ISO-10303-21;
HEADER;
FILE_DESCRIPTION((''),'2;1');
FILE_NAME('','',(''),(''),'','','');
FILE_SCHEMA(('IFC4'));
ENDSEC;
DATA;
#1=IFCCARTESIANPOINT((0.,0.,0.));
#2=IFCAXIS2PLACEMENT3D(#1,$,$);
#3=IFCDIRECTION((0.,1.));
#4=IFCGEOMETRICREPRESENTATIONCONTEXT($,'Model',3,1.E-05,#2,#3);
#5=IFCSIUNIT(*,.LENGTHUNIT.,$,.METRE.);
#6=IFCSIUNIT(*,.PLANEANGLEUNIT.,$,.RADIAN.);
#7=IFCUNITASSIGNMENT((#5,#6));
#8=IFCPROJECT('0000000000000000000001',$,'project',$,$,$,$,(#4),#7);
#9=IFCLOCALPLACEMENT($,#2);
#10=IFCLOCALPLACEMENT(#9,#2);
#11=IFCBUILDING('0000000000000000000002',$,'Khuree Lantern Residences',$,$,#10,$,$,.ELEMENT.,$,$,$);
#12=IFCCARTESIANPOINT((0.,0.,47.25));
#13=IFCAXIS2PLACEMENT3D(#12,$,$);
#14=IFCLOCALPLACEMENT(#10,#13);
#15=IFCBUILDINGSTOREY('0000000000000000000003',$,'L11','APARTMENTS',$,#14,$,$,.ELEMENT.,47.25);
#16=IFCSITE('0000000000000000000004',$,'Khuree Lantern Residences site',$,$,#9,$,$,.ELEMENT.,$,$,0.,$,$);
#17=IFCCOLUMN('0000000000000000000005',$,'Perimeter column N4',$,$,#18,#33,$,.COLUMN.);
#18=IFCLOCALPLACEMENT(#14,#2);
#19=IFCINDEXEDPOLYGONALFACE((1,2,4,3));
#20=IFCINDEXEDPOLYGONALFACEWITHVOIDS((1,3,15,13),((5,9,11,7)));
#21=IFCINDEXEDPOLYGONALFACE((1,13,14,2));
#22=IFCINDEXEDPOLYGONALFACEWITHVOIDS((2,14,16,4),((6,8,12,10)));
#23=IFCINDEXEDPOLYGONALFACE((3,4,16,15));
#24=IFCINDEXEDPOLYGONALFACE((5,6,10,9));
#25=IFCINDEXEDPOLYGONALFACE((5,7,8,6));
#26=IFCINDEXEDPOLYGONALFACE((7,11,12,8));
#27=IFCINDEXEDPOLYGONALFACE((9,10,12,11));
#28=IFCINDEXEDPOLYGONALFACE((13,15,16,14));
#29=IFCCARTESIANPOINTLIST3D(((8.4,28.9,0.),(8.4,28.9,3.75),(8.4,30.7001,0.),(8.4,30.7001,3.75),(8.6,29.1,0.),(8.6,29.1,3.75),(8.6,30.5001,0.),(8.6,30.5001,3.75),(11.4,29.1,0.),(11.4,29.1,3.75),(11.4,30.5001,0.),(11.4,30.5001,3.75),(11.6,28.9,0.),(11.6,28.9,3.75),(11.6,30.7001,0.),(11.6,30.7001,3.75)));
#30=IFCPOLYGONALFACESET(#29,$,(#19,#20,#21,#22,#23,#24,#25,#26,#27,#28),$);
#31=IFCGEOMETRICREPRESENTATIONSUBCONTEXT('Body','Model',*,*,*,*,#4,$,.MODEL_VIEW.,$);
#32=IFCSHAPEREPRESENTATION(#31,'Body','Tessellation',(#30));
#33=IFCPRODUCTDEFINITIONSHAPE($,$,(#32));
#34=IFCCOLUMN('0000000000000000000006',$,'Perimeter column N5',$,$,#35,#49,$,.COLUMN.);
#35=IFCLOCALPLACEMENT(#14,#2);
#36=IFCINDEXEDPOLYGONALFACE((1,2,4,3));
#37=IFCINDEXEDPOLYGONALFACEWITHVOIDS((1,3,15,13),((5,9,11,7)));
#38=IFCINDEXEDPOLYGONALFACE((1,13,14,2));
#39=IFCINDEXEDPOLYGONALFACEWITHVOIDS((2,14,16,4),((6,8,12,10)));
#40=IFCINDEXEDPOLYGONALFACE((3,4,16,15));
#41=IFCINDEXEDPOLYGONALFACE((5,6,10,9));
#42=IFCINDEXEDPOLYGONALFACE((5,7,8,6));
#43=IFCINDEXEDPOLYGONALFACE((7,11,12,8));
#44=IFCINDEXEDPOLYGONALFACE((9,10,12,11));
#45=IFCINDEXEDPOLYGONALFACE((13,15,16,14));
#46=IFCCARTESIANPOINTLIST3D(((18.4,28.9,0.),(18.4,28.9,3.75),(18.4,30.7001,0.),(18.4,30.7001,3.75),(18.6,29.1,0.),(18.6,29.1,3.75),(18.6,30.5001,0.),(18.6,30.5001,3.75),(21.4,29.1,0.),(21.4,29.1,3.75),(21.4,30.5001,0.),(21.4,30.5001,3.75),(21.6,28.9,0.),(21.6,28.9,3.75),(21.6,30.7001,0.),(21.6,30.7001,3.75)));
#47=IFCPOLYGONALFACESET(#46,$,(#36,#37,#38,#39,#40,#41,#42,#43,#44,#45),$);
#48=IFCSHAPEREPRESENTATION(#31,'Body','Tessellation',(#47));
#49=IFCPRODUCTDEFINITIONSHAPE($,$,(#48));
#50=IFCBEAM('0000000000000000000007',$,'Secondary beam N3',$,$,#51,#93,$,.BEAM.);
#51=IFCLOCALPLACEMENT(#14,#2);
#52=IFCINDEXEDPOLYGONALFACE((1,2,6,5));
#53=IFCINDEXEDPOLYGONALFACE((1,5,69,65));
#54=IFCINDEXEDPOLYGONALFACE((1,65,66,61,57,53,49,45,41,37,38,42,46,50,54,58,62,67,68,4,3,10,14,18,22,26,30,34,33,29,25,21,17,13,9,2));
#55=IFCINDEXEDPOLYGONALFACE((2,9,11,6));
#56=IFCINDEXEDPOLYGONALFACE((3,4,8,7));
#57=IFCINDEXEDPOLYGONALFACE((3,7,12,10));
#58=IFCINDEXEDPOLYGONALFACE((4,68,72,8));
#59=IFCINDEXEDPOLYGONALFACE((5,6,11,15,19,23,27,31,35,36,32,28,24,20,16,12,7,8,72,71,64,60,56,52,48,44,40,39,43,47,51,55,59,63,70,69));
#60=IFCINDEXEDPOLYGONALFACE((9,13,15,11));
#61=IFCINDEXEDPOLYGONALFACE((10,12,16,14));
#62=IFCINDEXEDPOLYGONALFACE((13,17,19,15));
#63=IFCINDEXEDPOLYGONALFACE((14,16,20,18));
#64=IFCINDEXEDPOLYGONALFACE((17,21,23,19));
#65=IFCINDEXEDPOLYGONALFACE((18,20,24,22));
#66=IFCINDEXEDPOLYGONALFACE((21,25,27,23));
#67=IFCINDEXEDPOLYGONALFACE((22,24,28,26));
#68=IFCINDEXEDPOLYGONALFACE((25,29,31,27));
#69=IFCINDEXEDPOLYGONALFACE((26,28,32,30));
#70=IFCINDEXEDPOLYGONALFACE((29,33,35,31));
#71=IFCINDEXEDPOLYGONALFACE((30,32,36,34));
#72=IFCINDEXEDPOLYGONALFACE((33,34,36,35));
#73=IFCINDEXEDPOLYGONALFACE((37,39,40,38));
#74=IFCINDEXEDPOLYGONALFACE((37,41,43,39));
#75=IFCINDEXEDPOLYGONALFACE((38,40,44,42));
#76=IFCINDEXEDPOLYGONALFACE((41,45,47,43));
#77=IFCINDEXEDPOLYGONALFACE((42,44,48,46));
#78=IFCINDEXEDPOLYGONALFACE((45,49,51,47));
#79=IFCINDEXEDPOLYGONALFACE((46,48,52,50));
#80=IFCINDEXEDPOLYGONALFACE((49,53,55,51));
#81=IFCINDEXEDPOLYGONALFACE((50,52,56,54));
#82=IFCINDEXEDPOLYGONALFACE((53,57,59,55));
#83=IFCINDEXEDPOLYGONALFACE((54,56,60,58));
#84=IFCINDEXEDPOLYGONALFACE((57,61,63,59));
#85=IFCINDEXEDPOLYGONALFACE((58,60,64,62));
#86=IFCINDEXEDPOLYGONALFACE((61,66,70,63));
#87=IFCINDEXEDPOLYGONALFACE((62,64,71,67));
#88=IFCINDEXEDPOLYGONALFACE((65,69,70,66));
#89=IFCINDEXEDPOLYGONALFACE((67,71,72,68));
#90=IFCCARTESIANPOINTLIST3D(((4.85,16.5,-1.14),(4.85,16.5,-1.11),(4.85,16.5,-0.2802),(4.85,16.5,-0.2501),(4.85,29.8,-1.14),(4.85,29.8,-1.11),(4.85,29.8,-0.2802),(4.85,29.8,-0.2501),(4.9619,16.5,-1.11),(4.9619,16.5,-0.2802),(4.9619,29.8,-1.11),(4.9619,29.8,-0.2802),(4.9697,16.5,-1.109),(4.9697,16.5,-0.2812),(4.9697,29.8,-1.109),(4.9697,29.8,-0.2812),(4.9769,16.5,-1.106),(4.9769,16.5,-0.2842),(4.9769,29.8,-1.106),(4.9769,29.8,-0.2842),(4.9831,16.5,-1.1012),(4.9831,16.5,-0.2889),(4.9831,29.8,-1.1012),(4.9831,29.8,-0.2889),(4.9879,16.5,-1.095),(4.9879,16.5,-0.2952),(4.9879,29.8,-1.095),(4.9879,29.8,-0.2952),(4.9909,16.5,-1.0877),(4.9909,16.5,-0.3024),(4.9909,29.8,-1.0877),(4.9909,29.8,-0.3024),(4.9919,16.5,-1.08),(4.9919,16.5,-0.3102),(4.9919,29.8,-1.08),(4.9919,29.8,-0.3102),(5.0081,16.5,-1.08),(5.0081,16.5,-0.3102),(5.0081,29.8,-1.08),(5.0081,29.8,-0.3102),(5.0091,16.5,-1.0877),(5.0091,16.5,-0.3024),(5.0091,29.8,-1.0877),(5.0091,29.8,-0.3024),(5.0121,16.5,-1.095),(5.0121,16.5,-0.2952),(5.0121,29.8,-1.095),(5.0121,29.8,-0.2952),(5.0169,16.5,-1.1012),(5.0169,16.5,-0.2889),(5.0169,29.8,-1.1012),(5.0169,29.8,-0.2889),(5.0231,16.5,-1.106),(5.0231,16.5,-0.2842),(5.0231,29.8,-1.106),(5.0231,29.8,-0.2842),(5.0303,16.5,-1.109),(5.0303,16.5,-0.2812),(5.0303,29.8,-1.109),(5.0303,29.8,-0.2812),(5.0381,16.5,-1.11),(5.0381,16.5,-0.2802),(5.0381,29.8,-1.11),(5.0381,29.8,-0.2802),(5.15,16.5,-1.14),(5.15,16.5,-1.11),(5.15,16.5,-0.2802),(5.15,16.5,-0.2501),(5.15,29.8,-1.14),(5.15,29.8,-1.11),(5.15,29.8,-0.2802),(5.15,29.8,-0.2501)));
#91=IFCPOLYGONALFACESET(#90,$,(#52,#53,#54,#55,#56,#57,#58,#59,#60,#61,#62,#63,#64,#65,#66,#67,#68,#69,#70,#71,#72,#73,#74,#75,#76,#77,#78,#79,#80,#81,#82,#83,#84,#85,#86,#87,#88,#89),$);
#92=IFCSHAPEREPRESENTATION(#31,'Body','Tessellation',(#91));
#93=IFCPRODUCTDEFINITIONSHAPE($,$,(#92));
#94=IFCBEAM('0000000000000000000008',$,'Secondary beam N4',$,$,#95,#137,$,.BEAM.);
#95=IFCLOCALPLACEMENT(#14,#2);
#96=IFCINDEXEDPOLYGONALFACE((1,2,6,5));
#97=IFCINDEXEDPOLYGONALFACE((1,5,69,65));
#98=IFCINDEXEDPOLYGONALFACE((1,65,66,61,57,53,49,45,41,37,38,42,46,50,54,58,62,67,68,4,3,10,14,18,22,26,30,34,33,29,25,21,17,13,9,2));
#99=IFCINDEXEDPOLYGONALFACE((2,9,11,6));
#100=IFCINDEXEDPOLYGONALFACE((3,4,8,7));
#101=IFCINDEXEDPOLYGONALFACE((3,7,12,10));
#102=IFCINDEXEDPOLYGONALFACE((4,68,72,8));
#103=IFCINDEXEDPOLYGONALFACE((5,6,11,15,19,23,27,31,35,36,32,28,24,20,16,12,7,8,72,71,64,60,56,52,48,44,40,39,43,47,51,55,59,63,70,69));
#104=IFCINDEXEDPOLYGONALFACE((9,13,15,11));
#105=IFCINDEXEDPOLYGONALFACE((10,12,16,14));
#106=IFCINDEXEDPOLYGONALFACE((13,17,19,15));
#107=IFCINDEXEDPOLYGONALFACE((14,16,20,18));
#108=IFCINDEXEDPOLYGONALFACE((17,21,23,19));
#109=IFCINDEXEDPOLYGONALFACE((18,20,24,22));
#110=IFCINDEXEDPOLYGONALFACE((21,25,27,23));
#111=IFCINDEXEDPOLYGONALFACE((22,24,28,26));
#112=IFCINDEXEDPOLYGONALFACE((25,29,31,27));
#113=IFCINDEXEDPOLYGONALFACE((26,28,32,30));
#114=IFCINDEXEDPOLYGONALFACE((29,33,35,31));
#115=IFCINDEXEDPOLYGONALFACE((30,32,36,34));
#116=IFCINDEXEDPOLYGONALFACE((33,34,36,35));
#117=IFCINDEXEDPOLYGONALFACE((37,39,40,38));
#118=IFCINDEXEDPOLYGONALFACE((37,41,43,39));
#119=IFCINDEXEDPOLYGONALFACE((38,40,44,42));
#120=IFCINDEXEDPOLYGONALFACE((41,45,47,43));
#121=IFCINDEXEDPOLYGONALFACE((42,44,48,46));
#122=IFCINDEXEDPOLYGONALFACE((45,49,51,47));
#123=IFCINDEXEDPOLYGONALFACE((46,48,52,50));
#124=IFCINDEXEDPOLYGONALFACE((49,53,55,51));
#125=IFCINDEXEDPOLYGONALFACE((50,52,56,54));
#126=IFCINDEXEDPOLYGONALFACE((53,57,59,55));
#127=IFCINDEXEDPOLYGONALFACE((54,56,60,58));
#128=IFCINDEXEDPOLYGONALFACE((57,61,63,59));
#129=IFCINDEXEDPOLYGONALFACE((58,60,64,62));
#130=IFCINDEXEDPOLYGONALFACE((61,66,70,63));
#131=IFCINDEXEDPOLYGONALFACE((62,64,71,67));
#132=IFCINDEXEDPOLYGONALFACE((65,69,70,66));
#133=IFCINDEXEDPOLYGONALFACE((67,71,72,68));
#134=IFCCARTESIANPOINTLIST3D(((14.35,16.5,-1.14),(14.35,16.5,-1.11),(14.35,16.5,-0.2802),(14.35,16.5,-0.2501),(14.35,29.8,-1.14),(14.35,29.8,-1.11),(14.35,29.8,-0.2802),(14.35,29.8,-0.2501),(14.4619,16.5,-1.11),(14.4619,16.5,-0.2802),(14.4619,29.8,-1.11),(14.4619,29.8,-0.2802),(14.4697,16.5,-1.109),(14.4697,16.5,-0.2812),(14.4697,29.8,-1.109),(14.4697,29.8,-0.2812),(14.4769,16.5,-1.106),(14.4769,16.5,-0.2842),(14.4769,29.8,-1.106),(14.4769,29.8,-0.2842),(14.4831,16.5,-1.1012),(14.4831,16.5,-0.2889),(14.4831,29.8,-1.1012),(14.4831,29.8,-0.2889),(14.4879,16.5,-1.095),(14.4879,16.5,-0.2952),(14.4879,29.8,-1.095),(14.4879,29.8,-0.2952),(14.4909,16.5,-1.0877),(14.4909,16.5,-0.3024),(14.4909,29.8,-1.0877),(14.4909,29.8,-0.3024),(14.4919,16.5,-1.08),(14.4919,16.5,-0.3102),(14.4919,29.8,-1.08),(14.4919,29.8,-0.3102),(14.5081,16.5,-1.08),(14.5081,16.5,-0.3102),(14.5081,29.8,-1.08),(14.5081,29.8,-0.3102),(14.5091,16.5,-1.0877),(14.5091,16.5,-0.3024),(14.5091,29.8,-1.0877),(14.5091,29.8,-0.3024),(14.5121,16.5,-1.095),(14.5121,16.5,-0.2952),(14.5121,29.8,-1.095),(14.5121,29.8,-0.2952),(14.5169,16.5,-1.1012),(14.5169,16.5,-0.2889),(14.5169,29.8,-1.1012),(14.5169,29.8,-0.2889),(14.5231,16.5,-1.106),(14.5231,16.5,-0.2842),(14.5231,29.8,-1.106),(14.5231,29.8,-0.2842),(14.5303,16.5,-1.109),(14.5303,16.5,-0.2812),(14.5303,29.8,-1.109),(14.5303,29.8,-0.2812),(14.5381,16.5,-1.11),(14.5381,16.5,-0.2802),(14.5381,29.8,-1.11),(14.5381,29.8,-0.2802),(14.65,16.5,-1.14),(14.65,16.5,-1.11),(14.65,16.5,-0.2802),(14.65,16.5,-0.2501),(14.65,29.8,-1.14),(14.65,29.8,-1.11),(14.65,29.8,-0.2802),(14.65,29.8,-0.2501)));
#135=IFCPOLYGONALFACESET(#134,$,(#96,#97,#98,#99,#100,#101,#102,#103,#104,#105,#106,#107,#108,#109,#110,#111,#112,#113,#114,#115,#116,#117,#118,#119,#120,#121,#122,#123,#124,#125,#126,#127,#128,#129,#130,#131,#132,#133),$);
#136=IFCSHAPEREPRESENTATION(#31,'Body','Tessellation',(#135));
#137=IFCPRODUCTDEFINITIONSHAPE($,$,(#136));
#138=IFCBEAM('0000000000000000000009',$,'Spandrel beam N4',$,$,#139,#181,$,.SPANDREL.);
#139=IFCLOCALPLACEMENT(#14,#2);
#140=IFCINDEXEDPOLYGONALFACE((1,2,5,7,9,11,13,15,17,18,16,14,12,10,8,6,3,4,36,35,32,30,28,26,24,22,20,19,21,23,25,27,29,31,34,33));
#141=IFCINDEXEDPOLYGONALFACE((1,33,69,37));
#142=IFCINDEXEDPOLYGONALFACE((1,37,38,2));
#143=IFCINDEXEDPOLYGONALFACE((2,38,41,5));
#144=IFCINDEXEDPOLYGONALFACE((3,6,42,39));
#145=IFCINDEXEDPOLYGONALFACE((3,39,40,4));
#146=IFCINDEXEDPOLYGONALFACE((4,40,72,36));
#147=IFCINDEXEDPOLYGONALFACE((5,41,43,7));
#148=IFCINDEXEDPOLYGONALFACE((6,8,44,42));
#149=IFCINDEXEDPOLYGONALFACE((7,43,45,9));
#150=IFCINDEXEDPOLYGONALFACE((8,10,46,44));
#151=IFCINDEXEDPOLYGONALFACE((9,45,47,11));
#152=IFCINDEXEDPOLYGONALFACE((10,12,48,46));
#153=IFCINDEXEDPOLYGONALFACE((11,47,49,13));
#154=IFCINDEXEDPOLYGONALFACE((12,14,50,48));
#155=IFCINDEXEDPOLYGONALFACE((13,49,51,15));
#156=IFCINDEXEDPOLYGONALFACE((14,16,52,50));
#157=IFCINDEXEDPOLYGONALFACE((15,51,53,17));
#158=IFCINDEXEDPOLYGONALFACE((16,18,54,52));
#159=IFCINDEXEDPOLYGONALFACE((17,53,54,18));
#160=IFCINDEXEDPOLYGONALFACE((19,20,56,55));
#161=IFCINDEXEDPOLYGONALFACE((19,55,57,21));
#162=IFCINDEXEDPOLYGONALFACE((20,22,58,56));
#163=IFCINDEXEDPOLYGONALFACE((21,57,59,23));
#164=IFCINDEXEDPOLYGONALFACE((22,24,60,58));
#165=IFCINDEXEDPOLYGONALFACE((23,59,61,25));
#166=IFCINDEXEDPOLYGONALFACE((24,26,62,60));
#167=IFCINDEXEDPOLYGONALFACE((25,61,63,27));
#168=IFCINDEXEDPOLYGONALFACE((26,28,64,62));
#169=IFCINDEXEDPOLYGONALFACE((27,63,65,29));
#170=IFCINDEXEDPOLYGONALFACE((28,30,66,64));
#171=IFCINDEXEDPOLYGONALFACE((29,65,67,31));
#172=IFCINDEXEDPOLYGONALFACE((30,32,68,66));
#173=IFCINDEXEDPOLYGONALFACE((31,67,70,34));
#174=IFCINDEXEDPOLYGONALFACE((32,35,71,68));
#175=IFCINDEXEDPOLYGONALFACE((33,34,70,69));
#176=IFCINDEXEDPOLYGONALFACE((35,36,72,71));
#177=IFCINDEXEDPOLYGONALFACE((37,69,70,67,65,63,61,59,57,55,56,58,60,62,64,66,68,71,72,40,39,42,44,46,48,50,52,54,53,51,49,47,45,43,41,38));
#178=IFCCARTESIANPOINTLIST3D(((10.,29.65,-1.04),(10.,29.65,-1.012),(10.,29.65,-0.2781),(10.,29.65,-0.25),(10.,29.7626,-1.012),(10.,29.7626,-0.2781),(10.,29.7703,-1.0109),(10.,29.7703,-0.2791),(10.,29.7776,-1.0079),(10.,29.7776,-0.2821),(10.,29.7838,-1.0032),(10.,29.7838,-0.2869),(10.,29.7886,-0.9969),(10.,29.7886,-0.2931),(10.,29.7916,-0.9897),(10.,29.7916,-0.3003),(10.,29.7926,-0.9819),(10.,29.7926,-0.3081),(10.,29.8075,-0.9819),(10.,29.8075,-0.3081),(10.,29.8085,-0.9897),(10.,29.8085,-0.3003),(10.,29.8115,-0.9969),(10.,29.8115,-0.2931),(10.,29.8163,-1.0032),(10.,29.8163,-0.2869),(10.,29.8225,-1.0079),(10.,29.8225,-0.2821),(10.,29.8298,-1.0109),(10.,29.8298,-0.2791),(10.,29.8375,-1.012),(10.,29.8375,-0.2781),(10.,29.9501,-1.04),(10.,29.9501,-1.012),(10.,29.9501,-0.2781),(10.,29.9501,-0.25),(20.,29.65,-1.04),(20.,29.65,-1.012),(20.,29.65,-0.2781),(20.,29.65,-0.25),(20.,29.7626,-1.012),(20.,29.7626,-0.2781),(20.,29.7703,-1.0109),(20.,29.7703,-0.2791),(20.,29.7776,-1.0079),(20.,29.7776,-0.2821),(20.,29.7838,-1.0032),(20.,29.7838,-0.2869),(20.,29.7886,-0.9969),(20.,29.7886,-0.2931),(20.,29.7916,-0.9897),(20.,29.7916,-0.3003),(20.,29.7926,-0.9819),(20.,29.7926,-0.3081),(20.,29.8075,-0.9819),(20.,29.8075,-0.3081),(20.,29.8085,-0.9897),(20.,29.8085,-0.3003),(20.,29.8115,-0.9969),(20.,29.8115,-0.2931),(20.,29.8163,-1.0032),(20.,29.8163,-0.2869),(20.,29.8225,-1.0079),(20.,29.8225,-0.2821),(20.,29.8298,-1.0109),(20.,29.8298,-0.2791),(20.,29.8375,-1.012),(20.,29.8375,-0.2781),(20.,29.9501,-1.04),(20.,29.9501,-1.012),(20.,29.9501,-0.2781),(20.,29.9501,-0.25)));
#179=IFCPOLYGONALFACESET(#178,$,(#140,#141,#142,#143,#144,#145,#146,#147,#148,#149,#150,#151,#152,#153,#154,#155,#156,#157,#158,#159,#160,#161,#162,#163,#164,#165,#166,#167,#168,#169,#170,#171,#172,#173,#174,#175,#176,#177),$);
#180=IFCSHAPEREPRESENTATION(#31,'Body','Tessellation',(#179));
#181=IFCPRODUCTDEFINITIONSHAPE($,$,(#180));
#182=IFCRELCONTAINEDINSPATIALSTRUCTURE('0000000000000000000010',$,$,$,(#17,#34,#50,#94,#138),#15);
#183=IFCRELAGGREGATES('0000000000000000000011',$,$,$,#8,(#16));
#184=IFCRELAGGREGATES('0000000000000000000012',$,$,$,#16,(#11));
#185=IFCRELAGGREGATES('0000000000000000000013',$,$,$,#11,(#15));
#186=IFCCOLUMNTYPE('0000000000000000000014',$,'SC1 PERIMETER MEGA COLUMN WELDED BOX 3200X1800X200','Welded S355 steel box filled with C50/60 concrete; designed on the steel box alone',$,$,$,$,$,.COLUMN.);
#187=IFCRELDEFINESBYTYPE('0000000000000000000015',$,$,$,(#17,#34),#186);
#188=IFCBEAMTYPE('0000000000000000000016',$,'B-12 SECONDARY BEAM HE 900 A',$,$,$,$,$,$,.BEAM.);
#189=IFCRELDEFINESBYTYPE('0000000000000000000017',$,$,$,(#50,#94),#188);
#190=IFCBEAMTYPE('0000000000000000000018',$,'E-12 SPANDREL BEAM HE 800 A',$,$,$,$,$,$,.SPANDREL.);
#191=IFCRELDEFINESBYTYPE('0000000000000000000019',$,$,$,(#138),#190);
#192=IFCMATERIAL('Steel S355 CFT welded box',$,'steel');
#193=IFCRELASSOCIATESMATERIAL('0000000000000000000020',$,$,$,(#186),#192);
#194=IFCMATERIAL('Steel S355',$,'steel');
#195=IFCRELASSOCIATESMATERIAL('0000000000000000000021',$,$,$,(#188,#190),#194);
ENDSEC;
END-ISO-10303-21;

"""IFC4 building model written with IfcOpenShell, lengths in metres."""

from ifc_helpers import new_model, si_unit, direction, frame, origin, origin_2d, place, context, subcontext, project, spatial, hollow_rectangle, i_section, extrude, material, material_profile, profile_set, type_object, element, save


model = new_model("IFC4")

# Units and contexts
model_context = context("Model", 3, precision=1e-05, world=origin(), true_north=direction((0.0, 1.0)))
body_context = subcontext(model_context, "Body", "Model", "MODEL_VIEW")
ifc_project = project(units=[si_unit("LENGTHUNIT", "METRE"), si_unit("PLANEANGLEUNIT", "RADIAN")], contexts=[model_context])

# Site, building, storey
site_placement = place(None, origin())
site = spatial("IfcSite", under=ifc_project, at=site_placement, Name="Khuree Lantern Residences site", CompositionType="ELEMENT", RefElevation=0.0)
building_placement = place(site_placement, origin())
building = spatial("IfcBuilding", under=site, at=building_placement, Name="Khuree Lantern Residences", CompositionType="ELEMENT")
storey_placement = place(building_placement, frame((0.0, 0.0, 47.25)))
storey = spatial("IfcBuildingStorey", under=building, at=storey_placement, Name="L11", Description="APARTMENTS", CompositionType="ELEMENT", Elevation=47.25)

# Columns
ifc_material_1 = material(Name="Steel S355 CFT welded box", Category="steel")
ifc_material_profile_1 = material_profile(ifc_material_1, hollow_rectangle(XDim=3.2, YDim=1.8, WallThickness=0.2, at=origin_2d()), Name="WELDED BOX 3200X1800X200")
ifc_profile_set_1 = profile_set([ifc_material_profile_1], Name="Steel S355 CFT welded box")
column_type = type_object("IfcColumnType", Name="SC1 PERIMETER MEGA COLUMN WELDED BOX 3200X1800X200", Description="Welded S355 steel box filled with C50/60 concrete; designed on the steel box alone", PredefinedType="COLUMN", material=ifc_profile_set_1)
for number, where, z_axis, x_axis, name in (
    (1, (10.0, 29.8, 0.0), (0.0, 0.0, 1.0), (1.0, 0.0, 0.0), "Perimeter column N4"),
    (2, (20.0, 29.8, 0.0), (0.0, 0.0, 1.0), (1.0, 0.0, 0.0), "Perimeter column N5"),
):
    element("IfcColumn", number, at=place(storey_placement, frame(where, z_axis=z_axis, x_axis=x_axis)), inside=storey, type_object=column_type, Name=name, PredefinedType="COLUMN", context=body_context, shape_type="SweptSolid", body=[
        extrude(hollow_rectangle(XDim=3.2, YDim=1.8, WallThickness=0.2, at=origin_2d()), origin(), (0.0, 0.0, 1.0), 3.75),
    ])

# Beams
ifc_material_2 = material(Name="Steel S355", Category="steel")
ifc_material_profile_2 = material_profile(ifc_material_2, i_section(OverallWidth=0.3, OverallDepth=0.8899, WebThickness=0.0161, FlangeThickness=0.03, FilletRadius=0.03, at=origin_2d()), Name="HE 900 A")
ifc_profile_set_2 = profile_set([ifc_material_profile_2], Name="Steel S355")
beam_type_1 = type_object("IfcBeamType", Name="B-12 SECONDARY BEAM HE 900 A", PredefinedType="BEAM", material=ifc_profile_set_2)
for number, where, z_axis, x_axis, name in (
    (3, (5.0, 29.8, -0.6951), (0.0, -1.0, 0.0), (1.0, 0.0, 0.0), "Secondary beam N3"),
    (4, (14.5, 29.8, -0.6951), (0.0, -1.0, 0.0), (1.0, 0.0, 0.0), "Secondary beam N4"),
):
    element("IfcBeam", number, at=place(storey_placement, frame(where, z_axis=z_axis, x_axis=x_axis)), inside=storey, type_object=beam_type_1, Name=name, PredefinedType="BEAM", context=body_context, shape_type="SweptSolid", body=[
        extrude(i_section(OverallWidth=0.3, OverallDepth=0.8899, WebThickness=0.0161, FlangeThickness=0.03, FilletRadius=0.03, at=origin_2d()), origin(), (0.0, 0.0, 1.0), 13.3),
    ])
ifc_material_profile_3 = material_profile(ifc_material_2, i_section(OverallWidth=0.3, OverallDepth=0.79, WebThickness=0.0149, FlangeThickness=0.0281, FilletRadius=0.03, at=origin_2d()), Name="HE 800 A")
ifc_profile_set_3 = profile_set([ifc_material_profile_3], Name="Steel S355")
beam_type_2 = type_object("IfcBeamType", Name="E-12 SPANDREL BEAM HE 800 A", PredefinedType="SPANDREL", material=ifc_profile_set_3)
beam_1_placement = place(storey_placement, frame((10.0, 29.8, -0.645), z_axis=(1.0, 0.0, 0.0), x_axis=(0.0, 1.0, 0.0)))
element("IfcBeam", 5, at=beam_1_placement, inside=storey, type_object=beam_type_2, Name="Spandrel beam N4", PredefinedType="SPANDREL", context=body_context, shape_type="SweptSolid", body=[
    extrude(i_section(OverallWidth=0.3, OverallDepth=0.79, WebThickness=0.0149, FlangeThickness=0.0281, FilletRadius=0.03, at=origin_2d()), origin(), (0.0, 0.0, 1.0), 10.0),
])

save(model, "model.ifc")
